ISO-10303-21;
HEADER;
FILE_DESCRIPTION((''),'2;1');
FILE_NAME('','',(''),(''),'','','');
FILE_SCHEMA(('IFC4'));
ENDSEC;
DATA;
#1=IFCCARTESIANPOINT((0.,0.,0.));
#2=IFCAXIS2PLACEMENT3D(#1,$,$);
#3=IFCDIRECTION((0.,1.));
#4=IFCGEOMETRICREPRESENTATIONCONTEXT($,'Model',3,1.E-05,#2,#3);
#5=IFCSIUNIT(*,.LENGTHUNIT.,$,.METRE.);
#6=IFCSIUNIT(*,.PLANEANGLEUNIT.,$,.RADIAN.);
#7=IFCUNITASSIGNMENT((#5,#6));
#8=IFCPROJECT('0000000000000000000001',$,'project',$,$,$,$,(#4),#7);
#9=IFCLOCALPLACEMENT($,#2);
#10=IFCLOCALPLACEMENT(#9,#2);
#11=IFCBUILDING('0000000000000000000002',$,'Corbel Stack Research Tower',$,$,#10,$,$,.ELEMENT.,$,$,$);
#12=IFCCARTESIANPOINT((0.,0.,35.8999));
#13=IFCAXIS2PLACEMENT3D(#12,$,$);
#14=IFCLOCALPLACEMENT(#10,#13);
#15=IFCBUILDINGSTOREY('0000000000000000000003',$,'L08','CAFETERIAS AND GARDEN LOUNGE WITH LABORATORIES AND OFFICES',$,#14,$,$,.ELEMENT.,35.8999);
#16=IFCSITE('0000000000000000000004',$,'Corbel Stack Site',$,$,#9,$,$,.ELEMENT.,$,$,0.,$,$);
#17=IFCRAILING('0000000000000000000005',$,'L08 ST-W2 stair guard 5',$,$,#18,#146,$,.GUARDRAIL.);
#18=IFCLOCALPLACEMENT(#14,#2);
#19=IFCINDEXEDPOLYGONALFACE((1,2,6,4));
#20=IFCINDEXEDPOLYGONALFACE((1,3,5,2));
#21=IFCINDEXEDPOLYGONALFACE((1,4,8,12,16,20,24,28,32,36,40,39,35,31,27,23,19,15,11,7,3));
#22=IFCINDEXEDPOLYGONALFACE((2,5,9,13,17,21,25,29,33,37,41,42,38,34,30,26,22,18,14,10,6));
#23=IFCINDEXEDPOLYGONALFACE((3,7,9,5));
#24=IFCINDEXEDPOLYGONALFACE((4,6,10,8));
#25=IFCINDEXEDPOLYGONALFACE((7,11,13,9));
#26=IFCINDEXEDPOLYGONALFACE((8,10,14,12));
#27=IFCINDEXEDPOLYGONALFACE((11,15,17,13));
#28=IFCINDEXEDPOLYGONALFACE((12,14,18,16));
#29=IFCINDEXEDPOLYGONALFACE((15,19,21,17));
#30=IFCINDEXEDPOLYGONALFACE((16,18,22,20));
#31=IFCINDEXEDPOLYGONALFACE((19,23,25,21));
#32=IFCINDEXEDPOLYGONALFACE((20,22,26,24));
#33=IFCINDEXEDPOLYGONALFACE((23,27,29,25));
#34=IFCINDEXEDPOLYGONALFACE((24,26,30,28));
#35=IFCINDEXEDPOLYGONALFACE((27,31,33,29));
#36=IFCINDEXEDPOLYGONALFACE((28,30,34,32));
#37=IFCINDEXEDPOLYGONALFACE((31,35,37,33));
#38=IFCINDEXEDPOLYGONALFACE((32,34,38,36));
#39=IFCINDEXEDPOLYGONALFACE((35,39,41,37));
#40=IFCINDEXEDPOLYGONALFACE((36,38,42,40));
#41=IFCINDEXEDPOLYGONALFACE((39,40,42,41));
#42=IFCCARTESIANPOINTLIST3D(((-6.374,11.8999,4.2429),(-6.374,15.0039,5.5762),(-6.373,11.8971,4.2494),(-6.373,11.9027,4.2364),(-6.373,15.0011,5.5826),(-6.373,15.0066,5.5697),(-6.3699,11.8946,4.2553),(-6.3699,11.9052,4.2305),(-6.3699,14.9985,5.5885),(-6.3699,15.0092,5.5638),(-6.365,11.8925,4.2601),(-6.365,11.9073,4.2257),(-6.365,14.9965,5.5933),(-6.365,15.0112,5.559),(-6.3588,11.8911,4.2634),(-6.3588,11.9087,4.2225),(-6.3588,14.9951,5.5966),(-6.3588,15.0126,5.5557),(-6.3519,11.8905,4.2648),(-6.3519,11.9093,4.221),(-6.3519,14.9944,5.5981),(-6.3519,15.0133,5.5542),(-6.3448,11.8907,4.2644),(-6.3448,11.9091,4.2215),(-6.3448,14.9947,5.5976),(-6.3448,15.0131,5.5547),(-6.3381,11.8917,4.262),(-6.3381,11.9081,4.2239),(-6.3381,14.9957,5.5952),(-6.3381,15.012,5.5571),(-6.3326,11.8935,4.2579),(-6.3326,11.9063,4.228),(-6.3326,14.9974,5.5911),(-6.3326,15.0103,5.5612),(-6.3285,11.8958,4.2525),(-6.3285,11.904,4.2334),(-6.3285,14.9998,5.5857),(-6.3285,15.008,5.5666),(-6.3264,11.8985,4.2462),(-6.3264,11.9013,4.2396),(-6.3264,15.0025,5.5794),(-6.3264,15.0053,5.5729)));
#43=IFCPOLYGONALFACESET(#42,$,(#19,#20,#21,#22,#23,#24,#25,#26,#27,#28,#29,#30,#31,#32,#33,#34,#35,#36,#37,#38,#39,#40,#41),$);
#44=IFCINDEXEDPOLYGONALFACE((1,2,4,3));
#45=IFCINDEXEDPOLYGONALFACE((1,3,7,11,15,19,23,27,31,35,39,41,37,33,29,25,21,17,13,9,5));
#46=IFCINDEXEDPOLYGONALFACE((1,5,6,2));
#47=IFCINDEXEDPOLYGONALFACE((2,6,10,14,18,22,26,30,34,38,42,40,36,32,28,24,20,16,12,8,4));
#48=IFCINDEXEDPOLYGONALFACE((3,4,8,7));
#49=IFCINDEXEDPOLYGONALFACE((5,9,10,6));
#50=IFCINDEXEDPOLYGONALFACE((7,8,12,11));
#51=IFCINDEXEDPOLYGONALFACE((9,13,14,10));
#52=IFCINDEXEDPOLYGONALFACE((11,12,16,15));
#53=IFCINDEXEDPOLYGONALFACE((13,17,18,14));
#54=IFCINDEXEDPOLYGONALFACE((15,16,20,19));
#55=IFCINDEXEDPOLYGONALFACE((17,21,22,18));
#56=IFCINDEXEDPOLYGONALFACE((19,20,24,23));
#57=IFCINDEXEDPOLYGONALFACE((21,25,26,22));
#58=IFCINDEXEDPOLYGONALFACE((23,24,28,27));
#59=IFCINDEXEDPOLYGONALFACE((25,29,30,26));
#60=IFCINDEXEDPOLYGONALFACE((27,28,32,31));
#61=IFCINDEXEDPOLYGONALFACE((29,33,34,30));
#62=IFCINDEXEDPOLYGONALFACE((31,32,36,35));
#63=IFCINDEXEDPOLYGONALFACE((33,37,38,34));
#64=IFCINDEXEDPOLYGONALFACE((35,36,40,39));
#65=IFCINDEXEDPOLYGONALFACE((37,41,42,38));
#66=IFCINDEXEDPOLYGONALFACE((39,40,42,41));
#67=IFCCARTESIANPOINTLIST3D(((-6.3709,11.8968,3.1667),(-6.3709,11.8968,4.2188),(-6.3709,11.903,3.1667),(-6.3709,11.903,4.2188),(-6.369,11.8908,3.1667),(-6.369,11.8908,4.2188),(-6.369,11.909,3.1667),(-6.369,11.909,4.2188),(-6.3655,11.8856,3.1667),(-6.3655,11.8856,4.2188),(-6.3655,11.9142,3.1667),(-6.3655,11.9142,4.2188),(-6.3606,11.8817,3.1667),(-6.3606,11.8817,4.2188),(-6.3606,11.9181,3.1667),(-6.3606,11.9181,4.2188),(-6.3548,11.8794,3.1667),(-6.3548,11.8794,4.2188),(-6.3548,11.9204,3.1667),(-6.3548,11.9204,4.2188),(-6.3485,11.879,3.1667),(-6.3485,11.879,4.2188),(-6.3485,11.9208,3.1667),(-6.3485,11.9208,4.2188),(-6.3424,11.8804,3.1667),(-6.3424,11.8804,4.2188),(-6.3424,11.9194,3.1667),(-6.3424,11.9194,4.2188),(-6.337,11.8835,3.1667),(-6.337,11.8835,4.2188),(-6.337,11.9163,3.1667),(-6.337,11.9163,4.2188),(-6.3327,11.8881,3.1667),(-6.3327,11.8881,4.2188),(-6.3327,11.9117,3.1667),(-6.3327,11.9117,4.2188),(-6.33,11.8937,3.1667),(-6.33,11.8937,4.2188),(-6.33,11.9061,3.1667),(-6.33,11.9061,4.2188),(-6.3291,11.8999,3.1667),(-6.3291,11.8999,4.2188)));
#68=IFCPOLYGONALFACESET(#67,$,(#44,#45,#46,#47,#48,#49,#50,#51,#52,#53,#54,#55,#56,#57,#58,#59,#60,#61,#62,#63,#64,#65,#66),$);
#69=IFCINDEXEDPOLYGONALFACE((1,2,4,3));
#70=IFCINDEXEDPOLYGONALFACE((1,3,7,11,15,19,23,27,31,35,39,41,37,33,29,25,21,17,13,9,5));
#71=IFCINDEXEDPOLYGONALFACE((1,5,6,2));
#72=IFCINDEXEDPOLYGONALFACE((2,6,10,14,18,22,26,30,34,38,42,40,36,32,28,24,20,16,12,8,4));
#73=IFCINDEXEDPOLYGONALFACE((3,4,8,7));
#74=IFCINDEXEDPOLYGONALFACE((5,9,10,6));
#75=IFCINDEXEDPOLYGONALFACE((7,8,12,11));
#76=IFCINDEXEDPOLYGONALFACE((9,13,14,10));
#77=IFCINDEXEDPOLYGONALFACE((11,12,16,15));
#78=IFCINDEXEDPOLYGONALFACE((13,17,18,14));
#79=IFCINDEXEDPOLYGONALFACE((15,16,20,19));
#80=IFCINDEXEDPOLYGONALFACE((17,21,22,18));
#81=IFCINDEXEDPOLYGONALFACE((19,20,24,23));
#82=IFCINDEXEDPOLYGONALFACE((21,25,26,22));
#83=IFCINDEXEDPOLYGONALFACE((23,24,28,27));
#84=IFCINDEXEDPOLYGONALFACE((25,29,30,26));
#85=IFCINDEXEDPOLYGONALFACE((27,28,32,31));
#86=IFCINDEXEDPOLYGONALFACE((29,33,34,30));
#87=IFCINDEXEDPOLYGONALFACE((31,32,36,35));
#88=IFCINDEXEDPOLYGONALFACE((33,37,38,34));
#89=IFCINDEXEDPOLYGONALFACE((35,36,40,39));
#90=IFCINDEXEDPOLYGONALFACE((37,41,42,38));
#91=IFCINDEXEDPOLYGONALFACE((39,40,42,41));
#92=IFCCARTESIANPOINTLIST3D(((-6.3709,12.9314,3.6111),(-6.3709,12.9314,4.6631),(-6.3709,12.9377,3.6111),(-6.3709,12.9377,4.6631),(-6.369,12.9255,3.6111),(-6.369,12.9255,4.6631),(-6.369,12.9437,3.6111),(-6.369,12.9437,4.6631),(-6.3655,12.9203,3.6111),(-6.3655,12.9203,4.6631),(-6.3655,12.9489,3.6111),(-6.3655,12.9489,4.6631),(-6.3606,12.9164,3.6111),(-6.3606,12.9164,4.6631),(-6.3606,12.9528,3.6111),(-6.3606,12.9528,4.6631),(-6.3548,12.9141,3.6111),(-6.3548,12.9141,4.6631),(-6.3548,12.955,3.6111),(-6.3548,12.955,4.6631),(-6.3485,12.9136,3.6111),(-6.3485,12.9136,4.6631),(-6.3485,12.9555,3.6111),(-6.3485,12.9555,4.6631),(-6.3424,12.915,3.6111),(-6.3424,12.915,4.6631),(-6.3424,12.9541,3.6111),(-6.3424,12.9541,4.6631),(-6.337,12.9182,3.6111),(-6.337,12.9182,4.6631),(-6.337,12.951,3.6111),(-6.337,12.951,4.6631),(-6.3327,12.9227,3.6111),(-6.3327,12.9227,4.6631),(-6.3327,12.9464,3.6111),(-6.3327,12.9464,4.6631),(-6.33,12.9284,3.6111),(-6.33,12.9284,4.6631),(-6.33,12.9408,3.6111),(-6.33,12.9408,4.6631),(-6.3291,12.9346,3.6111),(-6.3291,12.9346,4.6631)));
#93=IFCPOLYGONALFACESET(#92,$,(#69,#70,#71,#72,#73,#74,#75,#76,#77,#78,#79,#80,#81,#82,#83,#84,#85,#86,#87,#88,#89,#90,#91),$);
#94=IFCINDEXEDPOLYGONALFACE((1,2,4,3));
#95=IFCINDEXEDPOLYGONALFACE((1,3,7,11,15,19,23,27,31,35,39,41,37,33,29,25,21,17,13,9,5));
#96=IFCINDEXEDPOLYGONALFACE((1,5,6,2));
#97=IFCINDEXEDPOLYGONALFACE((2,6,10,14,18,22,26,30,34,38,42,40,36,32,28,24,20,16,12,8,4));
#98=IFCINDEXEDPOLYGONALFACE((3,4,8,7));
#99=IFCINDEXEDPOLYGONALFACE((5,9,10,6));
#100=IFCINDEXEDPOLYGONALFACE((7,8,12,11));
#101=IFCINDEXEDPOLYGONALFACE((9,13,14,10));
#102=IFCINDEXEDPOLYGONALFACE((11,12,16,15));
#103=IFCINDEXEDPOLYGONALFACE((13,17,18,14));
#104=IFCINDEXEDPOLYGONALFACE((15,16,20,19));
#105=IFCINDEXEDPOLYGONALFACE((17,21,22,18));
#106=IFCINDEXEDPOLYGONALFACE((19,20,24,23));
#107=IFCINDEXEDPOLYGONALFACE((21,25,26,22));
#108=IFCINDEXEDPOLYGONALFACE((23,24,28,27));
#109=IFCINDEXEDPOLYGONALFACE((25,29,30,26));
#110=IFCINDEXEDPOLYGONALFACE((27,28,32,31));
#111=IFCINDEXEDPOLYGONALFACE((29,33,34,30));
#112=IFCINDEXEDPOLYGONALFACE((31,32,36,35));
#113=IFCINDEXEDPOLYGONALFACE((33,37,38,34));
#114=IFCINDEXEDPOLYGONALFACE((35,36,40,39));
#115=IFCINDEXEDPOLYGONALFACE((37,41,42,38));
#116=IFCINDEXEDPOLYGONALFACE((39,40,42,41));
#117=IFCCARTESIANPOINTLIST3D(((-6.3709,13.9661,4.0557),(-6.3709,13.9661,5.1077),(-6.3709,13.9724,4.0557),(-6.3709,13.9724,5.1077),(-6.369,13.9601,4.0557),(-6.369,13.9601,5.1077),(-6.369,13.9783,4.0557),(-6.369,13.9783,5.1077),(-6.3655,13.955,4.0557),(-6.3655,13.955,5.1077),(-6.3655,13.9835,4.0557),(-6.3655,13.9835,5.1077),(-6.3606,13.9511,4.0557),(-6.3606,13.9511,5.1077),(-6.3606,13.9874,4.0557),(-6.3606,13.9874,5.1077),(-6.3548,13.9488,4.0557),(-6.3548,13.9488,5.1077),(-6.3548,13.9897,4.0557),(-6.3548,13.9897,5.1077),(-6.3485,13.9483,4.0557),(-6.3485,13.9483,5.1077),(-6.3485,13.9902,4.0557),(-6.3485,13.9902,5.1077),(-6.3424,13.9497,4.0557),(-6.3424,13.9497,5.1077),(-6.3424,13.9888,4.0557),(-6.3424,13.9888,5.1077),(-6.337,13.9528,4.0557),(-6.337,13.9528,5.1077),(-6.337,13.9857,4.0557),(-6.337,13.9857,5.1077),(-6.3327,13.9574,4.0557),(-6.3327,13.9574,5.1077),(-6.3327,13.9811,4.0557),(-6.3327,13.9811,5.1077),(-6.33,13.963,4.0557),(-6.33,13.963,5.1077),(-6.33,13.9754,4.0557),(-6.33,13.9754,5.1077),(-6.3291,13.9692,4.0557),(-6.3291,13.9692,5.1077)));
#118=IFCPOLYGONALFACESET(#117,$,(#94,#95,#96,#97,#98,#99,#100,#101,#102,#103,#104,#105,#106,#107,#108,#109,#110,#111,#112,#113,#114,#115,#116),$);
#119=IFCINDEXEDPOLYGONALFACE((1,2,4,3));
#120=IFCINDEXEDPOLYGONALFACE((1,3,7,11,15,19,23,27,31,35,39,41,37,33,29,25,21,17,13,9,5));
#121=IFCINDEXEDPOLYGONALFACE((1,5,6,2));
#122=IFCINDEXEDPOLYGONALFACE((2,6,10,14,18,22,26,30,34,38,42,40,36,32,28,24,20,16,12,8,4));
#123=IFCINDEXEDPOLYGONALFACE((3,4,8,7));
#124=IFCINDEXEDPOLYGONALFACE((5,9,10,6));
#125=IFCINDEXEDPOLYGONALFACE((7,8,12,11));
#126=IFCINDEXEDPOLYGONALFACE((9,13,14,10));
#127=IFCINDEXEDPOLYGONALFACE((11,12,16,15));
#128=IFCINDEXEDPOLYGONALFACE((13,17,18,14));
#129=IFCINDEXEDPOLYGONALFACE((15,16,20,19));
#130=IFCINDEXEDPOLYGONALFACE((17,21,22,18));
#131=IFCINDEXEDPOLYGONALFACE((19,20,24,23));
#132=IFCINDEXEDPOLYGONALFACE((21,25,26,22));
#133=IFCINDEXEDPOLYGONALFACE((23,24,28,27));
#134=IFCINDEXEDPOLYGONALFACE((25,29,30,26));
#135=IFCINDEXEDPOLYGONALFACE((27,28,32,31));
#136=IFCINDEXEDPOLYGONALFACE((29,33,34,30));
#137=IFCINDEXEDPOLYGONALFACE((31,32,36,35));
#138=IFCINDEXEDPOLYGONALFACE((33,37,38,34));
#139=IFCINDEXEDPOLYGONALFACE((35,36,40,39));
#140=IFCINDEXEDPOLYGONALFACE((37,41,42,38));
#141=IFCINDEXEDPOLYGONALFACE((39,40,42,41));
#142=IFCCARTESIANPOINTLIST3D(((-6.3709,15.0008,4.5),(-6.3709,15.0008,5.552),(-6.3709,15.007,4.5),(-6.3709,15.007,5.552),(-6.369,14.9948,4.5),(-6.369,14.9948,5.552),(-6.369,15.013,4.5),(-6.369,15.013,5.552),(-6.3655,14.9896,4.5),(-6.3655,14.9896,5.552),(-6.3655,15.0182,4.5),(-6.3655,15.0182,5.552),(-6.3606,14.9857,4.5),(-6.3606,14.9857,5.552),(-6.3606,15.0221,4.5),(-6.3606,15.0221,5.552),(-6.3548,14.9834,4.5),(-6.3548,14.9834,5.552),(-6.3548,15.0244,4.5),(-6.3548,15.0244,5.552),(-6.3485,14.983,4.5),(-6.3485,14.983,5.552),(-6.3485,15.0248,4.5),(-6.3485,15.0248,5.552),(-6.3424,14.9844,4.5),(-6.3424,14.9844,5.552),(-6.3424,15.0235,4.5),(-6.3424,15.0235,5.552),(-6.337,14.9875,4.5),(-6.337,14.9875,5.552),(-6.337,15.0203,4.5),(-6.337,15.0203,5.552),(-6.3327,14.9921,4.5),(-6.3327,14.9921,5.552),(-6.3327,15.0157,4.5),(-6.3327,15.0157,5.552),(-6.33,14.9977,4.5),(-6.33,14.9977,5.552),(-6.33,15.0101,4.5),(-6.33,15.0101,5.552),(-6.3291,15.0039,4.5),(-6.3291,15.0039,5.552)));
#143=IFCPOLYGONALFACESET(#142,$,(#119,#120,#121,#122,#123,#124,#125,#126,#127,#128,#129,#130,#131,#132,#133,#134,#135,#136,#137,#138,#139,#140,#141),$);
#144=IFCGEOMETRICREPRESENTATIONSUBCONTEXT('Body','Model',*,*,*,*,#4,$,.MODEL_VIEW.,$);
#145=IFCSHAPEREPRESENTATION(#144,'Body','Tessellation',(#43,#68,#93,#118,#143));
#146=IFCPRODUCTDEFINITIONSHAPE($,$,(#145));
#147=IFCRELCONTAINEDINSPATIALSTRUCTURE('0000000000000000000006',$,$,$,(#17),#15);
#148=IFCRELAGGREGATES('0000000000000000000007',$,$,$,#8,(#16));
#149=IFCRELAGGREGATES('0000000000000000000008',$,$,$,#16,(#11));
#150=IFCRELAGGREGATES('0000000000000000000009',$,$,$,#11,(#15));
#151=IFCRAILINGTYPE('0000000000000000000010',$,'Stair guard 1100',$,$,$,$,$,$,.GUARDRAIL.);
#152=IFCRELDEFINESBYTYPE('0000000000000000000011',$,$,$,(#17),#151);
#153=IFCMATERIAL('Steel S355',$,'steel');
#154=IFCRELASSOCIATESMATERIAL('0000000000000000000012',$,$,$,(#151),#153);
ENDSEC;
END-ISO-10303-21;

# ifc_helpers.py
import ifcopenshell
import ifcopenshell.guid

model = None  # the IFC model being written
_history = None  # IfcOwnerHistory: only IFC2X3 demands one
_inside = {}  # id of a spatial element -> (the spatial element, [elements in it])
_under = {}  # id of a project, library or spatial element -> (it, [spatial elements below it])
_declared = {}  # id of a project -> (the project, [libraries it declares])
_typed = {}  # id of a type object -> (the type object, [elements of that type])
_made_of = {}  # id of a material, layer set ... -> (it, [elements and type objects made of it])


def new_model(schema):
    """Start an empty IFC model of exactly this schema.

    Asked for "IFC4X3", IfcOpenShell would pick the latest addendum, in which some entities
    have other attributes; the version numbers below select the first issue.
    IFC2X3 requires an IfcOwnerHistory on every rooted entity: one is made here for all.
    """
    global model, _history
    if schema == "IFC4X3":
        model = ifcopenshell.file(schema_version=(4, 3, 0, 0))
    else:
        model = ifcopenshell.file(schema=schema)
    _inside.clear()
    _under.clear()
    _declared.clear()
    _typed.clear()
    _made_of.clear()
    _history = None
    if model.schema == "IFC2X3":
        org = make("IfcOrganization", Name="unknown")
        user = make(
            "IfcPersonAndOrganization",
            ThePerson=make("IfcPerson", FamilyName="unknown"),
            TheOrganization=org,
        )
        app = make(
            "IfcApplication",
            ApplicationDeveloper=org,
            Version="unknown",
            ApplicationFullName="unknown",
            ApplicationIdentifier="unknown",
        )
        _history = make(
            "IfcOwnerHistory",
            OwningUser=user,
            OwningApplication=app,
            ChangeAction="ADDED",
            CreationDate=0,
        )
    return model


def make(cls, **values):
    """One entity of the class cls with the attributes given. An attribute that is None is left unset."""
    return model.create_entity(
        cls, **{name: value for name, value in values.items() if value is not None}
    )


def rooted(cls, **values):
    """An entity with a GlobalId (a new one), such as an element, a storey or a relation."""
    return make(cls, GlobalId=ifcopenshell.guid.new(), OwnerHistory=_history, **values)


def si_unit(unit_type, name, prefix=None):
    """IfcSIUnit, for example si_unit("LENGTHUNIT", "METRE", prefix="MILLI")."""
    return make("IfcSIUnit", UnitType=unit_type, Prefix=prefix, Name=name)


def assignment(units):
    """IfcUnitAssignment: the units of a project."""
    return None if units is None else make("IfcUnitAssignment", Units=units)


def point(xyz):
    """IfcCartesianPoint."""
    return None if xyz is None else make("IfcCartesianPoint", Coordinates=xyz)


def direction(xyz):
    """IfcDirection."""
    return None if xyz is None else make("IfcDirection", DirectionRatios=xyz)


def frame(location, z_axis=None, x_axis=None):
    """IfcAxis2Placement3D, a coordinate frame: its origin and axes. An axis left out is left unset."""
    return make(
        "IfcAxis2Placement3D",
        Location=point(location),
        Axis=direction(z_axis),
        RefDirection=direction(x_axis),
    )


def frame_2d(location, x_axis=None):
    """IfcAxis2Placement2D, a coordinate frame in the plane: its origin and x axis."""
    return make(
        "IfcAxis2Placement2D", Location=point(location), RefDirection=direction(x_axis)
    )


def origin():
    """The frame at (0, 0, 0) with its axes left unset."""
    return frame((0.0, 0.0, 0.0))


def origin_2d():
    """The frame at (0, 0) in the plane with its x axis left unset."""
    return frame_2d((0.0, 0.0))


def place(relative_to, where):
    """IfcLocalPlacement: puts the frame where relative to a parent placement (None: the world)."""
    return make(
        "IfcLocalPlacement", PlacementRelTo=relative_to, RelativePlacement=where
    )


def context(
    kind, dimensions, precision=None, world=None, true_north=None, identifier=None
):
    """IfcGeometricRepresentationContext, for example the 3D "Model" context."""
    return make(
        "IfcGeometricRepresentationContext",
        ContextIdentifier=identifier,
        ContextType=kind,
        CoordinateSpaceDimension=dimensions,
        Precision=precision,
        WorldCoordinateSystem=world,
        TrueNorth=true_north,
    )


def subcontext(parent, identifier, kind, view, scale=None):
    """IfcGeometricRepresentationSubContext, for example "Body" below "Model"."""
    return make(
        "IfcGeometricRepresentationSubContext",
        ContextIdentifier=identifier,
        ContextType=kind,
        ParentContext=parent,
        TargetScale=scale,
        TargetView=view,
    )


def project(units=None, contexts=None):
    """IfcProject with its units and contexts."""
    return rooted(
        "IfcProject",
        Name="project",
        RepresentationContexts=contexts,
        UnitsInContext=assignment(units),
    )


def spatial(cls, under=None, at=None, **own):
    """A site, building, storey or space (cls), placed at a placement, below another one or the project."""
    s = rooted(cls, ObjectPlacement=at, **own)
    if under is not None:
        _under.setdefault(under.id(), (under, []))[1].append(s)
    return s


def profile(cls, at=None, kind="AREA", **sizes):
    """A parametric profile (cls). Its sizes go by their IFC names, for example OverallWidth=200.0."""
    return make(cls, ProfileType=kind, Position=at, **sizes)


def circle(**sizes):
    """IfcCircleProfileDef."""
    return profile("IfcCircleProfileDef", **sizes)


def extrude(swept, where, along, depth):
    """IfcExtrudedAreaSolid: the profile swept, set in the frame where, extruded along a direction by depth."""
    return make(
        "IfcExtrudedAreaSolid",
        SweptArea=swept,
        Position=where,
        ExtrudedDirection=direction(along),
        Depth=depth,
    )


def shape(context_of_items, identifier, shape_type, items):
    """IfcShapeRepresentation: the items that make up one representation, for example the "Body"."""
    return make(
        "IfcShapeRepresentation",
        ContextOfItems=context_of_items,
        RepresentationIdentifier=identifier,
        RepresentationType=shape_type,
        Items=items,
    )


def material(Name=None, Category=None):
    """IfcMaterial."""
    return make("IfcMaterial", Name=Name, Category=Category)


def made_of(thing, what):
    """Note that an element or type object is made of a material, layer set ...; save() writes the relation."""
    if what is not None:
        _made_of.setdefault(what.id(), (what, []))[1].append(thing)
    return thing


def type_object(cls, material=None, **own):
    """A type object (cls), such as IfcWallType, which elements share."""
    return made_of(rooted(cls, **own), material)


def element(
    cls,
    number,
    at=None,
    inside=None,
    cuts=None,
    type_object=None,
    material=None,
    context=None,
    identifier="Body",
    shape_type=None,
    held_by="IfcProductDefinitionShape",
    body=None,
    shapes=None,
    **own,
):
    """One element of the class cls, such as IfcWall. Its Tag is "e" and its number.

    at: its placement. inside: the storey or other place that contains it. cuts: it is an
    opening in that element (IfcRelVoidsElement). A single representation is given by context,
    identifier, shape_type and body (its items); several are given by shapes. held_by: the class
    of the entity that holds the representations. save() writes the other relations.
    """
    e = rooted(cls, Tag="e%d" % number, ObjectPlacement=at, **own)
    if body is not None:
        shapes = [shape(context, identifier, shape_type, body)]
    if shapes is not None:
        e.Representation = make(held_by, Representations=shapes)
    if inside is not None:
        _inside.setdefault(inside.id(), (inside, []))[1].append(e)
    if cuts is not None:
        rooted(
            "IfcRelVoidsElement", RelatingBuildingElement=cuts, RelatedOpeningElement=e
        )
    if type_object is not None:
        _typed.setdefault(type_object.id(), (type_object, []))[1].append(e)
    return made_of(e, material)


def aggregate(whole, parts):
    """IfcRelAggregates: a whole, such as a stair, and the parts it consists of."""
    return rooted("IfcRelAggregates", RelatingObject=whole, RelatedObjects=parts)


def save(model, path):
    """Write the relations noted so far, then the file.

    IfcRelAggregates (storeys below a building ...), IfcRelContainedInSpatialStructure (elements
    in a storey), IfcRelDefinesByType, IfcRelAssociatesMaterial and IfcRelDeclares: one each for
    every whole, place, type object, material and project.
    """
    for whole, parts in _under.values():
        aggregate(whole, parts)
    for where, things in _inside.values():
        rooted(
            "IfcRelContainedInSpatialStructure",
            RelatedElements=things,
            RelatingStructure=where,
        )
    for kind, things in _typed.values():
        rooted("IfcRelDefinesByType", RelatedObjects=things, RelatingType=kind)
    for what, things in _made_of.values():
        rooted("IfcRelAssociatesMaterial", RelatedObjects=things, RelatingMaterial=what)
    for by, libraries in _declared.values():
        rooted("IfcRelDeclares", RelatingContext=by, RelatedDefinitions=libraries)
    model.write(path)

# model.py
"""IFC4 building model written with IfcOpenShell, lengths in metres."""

from ifc_helpers import new_model, si_unit, direction, frame, origin, origin_2d, place, context, subcontext, project, spatial, circle, extrude, material, type_object, element, save


model = new_model("IFC4")

# Units and contexts
model_context = context("Model", 3, precision=1e-05, world=origin(), true_north=direction((0.0, 1.0)))
body_context = subcontext(model_context, "Body", "Model", "MODEL_VIEW")
ifc_project = project(units=[si_unit("LENGTHUNIT", "METRE"), si_unit("PLANEANGLEUNIT", "RADIAN")], contexts=[model_context])

# Site, building, storey
site_placement = place(None, origin())
site = spatial("IfcSite", under=ifc_project, at=site_placement, Name="Corbel Stack Site", CompositionType="ELEMENT", RefElevation=0.0)
building_placement = place(site_placement, origin())
building = spatial("IfcBuilding", under=site, at=building_placement, Name="Corbel Stack Research Tower", CompositionType="ELEMENT")
storey_placement = place(building_placement, frame((0.0, 0.0, 35.8999)))
storey = spatial("IfcBuildingStorey", under=building, at=storey_placement, Name="L08", Description="CAFETERIAS AND GARDEN LOUNGE WITH LABORATORIES AND OFFICES", CompositionType="ELEMENT", Elevation=35.8999)

# Railing
ifc_material_1 = material(Name="Steel S355", Category="steel")
railing_type_1 = type_object("IfcRailingType", Name="Stair guard 1100", PredefinedType="GUARDRAIL", material=ifc_material_1)
railing_1_placement = place(storey_placement, frame((-6.3501, 11.8999, 3.1667)))
element("IfcRailing", 1, at=railing_1_placement, inside=storey, type_object=railing_type_1, Name="L08 ST-W2 stair guard 5", PredefinedType="GUARDRAIL", context=body_context, shape_type="SweptSolid", body=[
    extrude(circle(Radius=0.0239, at=origin_2d()), frame((0.0, 0.0, 1.0762), z_axis=(0.0, 0.918827, 0.394661), x_axis=(-1.0, 0.0, 0.0)), (0.0, 0.0, 1.0), 3.3782),
    extrude(circle(Radius=0.021, at=origin_2d()), origin(), (0.0, 0.0, 1.0), 1.052),
    extrude(circle(Radius=0.021, at=origin_2d()), frame((0.0, 1.0347, 0.4443)), (0.0, 0.0, 1.0), 1.052),
    extrude(circle(Radius=0.021, at=origin_2d()), frame((0.0, 2.0693, 0.8889)), (0.0, 0.0, 1.0), 1.052),
    extrude(circle(Radius=0.021, at=origin_2d()), frame((0.0, 3.104, 1.3333)), (0.0, 0.0, 1.0), 1.052),
])

save(model, "model.ifc")
